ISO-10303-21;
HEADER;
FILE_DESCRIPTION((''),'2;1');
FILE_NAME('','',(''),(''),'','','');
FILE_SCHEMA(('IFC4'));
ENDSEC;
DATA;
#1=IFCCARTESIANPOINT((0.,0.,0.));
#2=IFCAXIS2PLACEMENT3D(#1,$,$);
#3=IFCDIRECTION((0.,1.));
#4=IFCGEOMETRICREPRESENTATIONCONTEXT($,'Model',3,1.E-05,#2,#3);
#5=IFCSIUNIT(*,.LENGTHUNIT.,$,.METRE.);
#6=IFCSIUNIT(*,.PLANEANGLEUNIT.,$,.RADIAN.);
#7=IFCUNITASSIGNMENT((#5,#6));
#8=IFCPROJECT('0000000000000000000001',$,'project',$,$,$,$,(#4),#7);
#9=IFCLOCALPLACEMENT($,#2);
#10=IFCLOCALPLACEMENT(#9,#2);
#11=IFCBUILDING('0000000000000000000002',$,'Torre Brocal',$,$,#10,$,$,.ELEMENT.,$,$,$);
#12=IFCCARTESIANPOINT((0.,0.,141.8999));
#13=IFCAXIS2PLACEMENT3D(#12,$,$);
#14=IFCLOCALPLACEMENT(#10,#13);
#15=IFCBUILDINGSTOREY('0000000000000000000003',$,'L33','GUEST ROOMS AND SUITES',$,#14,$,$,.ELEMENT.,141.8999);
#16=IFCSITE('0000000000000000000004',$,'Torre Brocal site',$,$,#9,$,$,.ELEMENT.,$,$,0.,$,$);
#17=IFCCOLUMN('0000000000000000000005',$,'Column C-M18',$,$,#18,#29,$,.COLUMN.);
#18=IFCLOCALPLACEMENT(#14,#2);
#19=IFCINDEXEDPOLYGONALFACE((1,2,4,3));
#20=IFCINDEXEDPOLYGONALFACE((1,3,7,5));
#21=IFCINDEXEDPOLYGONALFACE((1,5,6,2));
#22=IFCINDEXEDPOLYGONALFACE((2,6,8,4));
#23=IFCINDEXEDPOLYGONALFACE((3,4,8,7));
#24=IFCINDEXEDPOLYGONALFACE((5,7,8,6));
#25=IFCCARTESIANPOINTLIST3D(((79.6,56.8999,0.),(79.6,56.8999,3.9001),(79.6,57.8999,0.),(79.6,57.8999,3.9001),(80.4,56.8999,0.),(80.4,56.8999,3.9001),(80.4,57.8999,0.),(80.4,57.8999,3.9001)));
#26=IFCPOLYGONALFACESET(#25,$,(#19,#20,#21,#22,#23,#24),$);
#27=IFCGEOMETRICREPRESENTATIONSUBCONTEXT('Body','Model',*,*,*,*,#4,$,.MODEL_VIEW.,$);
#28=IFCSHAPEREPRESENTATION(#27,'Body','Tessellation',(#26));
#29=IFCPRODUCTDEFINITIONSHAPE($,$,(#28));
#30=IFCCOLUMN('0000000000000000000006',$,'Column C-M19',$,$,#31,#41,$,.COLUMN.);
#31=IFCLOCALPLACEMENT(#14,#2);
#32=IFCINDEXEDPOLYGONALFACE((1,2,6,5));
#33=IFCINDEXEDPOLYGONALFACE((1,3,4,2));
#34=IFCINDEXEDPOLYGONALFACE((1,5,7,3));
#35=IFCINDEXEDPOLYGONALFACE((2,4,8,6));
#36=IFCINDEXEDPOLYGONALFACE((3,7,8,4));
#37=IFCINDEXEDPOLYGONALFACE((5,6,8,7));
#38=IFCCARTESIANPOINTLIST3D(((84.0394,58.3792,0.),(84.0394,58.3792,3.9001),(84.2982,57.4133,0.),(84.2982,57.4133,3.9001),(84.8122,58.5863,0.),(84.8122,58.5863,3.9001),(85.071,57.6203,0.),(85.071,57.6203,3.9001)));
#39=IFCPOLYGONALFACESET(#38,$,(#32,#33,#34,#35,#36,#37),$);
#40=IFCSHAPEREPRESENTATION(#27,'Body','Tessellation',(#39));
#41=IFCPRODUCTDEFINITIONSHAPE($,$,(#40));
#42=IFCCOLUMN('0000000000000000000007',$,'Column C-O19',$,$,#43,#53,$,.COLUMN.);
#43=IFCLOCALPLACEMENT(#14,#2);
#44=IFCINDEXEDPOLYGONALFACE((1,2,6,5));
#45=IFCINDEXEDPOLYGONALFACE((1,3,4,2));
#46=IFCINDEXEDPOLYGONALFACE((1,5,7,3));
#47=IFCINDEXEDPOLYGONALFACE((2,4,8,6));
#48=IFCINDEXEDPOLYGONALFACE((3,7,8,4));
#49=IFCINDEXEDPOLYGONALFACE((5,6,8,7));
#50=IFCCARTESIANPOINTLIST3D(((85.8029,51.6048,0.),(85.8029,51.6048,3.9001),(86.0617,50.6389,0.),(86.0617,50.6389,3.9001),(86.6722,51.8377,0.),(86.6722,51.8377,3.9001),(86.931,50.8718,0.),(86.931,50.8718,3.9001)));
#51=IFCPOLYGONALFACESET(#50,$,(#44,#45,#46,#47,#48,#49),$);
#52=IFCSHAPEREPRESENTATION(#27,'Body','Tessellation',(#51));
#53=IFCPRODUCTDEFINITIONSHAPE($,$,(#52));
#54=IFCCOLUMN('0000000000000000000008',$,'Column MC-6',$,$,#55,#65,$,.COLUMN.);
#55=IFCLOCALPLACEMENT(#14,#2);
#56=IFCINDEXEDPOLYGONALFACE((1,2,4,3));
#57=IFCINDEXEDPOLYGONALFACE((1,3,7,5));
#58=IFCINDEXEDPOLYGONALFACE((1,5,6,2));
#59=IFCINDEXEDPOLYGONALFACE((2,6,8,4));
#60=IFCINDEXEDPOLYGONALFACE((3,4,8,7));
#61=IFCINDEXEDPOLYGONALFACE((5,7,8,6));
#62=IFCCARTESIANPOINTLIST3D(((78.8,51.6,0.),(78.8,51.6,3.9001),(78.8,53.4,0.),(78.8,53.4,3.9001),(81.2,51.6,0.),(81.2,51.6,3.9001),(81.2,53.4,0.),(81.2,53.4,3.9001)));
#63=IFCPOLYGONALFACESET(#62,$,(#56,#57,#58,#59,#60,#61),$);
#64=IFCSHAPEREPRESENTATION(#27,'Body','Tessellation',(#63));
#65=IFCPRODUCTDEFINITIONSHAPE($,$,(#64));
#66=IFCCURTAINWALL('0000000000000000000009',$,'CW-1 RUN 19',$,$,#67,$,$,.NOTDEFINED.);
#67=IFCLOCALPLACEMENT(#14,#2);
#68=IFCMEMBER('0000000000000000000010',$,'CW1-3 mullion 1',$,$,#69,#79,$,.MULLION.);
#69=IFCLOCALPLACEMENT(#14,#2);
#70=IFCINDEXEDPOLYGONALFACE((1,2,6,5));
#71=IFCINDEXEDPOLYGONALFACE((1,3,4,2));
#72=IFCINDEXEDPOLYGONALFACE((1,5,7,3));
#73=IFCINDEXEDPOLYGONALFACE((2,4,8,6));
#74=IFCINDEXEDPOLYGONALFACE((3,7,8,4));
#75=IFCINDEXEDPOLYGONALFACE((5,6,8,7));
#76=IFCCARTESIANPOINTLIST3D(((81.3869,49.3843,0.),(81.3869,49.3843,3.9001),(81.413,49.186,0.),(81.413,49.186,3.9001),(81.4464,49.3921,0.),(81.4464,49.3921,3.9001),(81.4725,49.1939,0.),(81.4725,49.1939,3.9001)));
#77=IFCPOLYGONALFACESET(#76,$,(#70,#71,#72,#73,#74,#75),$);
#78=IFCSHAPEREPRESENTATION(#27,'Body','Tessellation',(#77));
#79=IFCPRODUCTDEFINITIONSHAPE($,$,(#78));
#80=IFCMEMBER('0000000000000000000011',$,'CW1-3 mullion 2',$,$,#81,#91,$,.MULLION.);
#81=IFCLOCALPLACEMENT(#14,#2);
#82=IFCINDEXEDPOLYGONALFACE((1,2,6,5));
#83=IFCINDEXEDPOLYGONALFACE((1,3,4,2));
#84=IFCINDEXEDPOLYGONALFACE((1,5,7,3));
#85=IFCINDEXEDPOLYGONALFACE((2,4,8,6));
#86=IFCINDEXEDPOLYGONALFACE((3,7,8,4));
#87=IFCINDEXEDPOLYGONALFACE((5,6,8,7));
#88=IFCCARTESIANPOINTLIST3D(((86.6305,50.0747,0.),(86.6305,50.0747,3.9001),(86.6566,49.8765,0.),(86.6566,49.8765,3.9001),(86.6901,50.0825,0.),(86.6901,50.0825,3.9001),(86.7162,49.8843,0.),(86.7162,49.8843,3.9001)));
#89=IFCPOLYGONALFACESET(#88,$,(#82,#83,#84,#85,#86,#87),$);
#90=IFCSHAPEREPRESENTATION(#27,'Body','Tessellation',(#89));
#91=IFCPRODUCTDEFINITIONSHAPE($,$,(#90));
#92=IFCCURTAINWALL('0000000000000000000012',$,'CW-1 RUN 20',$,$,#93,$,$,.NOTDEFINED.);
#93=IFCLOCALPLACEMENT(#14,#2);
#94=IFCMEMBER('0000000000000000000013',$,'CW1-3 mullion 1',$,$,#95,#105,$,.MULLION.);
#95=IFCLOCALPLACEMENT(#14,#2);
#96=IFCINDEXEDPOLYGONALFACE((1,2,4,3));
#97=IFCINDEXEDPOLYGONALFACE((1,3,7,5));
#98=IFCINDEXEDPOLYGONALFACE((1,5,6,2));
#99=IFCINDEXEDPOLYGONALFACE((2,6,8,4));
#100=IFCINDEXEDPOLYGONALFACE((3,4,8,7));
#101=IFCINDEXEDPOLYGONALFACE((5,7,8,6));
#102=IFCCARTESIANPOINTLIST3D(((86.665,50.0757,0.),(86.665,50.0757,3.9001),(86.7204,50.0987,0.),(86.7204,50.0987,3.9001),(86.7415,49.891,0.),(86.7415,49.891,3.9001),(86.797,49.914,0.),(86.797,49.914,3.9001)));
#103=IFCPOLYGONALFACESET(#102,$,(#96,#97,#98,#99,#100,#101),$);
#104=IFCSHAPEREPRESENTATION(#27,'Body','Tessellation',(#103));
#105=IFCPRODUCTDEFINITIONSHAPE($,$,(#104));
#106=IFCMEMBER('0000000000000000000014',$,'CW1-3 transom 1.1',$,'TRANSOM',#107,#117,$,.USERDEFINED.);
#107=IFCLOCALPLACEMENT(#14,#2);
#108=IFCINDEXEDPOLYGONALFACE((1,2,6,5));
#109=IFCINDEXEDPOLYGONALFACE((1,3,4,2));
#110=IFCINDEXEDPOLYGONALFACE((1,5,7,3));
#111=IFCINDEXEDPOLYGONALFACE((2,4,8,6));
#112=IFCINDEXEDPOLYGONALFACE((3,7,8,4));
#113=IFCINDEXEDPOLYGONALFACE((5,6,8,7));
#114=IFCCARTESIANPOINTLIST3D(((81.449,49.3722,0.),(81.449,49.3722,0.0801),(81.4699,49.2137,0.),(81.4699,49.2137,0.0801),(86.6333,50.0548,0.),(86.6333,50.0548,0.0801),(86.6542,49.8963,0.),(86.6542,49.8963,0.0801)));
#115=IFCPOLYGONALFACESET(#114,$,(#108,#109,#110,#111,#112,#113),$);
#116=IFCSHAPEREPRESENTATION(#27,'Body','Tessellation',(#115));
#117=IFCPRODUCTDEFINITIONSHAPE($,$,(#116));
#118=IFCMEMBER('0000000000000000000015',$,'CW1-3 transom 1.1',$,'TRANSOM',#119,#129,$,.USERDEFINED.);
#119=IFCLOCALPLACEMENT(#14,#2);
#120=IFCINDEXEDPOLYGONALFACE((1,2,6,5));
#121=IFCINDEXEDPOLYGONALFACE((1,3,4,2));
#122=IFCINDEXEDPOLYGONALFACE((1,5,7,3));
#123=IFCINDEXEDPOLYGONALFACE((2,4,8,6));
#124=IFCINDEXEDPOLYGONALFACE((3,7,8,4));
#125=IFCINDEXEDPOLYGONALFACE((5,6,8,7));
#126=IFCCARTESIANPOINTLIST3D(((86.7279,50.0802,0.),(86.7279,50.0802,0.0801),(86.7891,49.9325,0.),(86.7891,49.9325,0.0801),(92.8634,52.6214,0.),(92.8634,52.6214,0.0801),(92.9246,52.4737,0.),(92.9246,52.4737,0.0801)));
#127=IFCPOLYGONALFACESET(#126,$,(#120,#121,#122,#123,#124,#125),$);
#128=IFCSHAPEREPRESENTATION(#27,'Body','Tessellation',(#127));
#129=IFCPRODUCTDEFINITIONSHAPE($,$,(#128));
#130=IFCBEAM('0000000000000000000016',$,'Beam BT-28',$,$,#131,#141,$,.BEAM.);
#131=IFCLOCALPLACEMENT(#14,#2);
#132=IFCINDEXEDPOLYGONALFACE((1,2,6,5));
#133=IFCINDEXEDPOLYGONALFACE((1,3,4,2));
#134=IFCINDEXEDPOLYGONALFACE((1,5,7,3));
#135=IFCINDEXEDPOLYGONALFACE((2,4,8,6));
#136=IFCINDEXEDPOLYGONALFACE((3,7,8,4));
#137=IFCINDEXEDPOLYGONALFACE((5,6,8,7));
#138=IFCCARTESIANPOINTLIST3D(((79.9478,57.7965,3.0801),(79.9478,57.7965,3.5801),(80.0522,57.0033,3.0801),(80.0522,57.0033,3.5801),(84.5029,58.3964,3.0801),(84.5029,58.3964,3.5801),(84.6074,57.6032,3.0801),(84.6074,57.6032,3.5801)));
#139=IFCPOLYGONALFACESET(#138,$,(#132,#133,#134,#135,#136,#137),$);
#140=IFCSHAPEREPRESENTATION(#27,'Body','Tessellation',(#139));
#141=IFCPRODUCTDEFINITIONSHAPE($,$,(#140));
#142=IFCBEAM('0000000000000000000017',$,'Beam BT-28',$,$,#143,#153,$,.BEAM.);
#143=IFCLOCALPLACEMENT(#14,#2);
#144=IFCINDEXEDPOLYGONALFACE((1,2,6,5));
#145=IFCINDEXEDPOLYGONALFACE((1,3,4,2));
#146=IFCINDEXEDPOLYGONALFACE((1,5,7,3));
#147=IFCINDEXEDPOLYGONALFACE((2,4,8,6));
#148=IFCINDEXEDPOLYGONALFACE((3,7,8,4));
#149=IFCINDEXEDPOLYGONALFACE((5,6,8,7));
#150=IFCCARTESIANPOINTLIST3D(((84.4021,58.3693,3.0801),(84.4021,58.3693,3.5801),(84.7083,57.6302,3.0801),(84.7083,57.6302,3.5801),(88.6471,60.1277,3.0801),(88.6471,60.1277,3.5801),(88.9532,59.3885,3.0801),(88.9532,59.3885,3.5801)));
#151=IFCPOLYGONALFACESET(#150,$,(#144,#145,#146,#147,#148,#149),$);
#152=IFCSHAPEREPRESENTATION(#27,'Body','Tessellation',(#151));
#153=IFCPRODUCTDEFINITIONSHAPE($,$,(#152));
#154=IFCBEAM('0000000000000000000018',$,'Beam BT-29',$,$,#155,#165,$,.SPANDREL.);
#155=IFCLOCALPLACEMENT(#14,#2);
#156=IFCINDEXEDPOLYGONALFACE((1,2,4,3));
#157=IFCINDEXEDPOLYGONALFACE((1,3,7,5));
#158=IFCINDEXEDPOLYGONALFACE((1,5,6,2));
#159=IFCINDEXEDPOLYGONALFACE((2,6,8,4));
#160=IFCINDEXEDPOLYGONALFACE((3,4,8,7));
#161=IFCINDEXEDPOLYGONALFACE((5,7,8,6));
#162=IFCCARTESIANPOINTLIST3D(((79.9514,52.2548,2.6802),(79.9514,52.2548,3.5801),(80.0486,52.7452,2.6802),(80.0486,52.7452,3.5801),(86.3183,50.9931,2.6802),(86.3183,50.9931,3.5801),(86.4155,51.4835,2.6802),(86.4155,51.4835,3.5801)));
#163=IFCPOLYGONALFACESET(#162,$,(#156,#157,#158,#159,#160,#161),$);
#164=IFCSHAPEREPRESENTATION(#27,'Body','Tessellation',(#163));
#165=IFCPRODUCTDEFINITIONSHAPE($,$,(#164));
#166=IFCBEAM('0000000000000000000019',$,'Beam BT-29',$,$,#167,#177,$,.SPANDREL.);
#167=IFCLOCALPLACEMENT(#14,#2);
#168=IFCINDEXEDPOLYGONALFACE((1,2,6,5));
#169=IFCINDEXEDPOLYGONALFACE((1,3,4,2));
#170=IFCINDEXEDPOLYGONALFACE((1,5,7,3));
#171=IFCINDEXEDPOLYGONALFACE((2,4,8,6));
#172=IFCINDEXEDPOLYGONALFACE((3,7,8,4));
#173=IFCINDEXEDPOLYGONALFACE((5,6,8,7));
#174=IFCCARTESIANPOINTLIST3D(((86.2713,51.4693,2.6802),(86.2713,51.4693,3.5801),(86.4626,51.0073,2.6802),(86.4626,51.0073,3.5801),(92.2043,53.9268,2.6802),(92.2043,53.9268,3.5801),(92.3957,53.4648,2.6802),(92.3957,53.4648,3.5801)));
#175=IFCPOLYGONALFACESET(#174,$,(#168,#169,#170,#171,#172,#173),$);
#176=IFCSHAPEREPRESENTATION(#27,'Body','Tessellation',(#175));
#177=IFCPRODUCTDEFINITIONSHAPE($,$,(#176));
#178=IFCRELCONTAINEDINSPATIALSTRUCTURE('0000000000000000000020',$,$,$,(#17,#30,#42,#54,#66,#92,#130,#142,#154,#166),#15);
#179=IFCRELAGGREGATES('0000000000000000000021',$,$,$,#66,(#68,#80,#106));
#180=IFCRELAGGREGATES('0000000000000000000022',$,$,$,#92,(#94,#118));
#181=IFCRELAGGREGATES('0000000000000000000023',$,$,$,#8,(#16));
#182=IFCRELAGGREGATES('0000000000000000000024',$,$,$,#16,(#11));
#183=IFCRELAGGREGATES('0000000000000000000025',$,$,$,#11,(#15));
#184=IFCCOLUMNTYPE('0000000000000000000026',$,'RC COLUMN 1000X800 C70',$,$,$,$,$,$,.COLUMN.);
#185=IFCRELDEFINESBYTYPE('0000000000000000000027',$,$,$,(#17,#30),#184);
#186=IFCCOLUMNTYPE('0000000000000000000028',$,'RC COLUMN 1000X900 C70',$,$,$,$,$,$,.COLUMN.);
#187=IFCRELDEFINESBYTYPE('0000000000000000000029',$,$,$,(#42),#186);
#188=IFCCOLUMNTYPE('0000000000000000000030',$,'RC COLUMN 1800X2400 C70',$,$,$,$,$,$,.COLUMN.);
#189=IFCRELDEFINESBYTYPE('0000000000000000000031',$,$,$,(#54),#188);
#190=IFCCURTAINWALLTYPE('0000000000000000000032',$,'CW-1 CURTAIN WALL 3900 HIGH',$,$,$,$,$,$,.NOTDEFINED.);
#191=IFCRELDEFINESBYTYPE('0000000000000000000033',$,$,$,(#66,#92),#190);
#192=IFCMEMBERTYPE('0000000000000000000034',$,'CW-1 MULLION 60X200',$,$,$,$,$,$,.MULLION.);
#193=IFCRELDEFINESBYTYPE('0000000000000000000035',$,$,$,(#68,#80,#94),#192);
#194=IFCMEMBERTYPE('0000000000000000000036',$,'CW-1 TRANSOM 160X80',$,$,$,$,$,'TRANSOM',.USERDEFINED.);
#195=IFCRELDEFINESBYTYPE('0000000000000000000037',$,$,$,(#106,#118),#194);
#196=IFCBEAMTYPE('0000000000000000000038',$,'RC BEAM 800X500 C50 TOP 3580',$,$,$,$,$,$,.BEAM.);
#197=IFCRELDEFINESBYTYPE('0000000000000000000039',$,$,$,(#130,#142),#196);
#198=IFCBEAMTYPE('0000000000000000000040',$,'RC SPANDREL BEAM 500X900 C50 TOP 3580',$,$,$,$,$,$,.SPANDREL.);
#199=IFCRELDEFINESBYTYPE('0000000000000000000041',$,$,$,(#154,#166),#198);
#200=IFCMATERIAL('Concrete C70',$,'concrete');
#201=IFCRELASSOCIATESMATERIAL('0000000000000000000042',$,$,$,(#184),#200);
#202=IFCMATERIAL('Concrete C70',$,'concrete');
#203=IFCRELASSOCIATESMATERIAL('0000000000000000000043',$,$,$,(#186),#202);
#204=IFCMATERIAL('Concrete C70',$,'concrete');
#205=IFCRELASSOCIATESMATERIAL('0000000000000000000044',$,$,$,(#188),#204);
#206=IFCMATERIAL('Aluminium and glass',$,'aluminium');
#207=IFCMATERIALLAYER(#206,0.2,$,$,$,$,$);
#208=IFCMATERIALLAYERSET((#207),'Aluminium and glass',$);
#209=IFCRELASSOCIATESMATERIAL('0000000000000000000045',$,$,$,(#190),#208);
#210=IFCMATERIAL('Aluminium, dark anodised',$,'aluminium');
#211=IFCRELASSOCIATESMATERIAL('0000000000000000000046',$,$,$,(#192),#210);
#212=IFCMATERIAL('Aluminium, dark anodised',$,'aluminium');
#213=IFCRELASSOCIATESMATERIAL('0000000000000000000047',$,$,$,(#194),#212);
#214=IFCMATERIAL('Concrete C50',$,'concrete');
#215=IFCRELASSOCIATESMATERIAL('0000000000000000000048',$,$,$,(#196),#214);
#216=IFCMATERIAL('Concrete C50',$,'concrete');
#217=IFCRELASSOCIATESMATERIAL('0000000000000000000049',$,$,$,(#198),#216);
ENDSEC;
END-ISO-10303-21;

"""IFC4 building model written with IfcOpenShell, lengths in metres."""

from ifc_helpers import new_model, si_unit, direction, frame, origin, origin_2d, place, context, subcontext, project, spatial, rectangle, extrude, material, layer, layer_set, material_profile, profile_set, type_object, element, aggregate, save


model = new_model("IFC4")

# Units and contexts
model_context = context("Model", 3, precision=1e-05, world=origin(), true_north=direction((0.0, 1.0)))
body_context = subcontext(model_context, "Body", "Model", "MODEL_VIEW")
ifc_project = project(units=[si_unit("LENGTHUNIT", "METRE"), si_unit("PLANEANGLEUNIT", "RADIAN")], contexts=[model_context])

# Site, building, storey
site_placement = place(None, origin())
site = spatial("IfcSite", under=ifc_project, at=site_placement, Name="Torre Brocal site", CompositionType="ELEMENT", RefElevation=0.0)
building_placement = place(site_placement, origin())
building = spatial("IfcBuilding", under=site, at=building_placement, Name="Torre Brocal", CompositionType="ELEMENT")
storey_placement = place(building_placement, frame((0.0, 0.0, 141.8999)))
storey = spatial("IfcBuildingStorey", under=building, at=storey_placement, Name="L33", Description="GUEST ROOMS AND SUITES", CompositionType="ELEMENT", Elevation=141.8999)

# Columns
ifc_material_1 = material(Name="Concrete C70", Category="concrete")
ifc_material_profile_1 = material_profile(ifc_material_1, rectangle(XDim=1.0, YDim=0.8, at=origin_2d()), Name="RC 1000X800")
ifc_profile_set_1 = profile_set([ifc_material_profile_1], Name="Concrete C70")
column_type_1 = type_object("IfcColumnType", Name="RC COLUMN 1000X800 C70", PredefinedType="COLUMN", material=ifc_profile_set_1)
for number, where, z_axis, x_axis, name in (
    (1, (80.0, 57.3999, 0.0), (0.0, 0.0, 1.0), (0.0, -1.0, 0.0), "Column C-M18"),
    (2, (84.5552, 57.9998, 0.0), (0.0, 0.0, 1.0), (0.258819, -0.965926, 0.0), "Column C-M19"),
):
    element("IfcColumn", number, at=place(storey_placement, frame(where, z_axis=z_axis, x_axis=x_axis)), inside=storey, type_object=column_type_1, Name=name, PredefinedType="COLUMN", context=body_context, shape_type="SweptSolid", body=[
        extrude(rectangle(XDim=1.0, YDim=0.8, at=origin_2d()), origin(), (0.0, 0.0, 1.0), 3.9001),
    ])
ifc_material_2 = material(Name="Concrete C70", Category="concrete")
ifc_material_profile_2 = material_profile(ifc_material_2, rectangle(XDim=1.0, YDim=0.8999, at=origin_2d()), Name="RC 1000X900")
ifc_profile_set_2 = profile_set([ifc_material_profile_2], Name="Concrete C70")
column_type_2 = type_object("IfcColumnType", Name="RC COLUMN 1000X900 C70", PredefinedType="COLUMN", material=ifc_profile_set_2)
column_1_placement = place(storey_placement, frame((86.3669, 51.2383, 0.0), z_axis=(0.0, 0.0, 1.0), x_axis=(0.258819, -0.965926, 0.0)))
element("IfcColumn", 3, at=column_1_placement, inside=storey, type_object=column_type_2, Name="Column C-O19", PredefinedType="COLUMN", context=body_context, shape_type="SweptSolid", body=[
    extrude(rectangle(XDim=1.0, YDim=0.8999, at=origin_2d()), origin(), (0.0, 0.0, 1.0), 3.9001),
])
ifc_material_3 = material(Name="Concrete C70", Category="concrete")
ifc_material_profile_3 = material_profile(ifc_material_3, rectangle(XDim=1.8, YDim=2.3999, at=origin_2d()), Name="RC 1800X2400")
ifc_profile_set_3 = profile_set([ifc_material_profile_3], Name="Concrete C70")
column_type_3 = type_object("IfcColumnType", Name="RC COLUMN 1800X2400 C70", PredefinedType="COLUMN", material=ifc_profile_set_3)
column_2_placement = place(storey_placement, frame((80.0, 52.5, 0.0), z_axis=(0.0, 0.0, 1.0), x_axis=(0.0, -1.0, 0.0)))
element("IfcColumn", 4, at=column_2_placement, inside=storey, type_object=column_type_3, Name="Column MC-6", PredefinedType="COLUMN", context=body_context, shape_type="SweptSolid", body=[
    extrude(rectangle(XDim=1.8, YDim=2.3999, at=origin_2d()), origin(), (0.0, 0.0, 1.0), 3.9001),
])

# Curtain wall, members
ifc_material_4 = material(Name="Aluminium and glass", Category="aluminium")
ifc_layer_1 = layer(ifc_material_4, 0.2)
ifc_layer_set_1 = layer_set([ifc_layer_1], Name="Aluminium and glass")
curtain_wall_type = type_object("IfcCurtainWallType", Name="CW-1 CURTAIN WALL 3900 HIGH", PredefinedType="NOTDEFINED", material=ifc_layer_set_1)
curtain_wall_1_placement = place(storey_placement, origin())
curtain_wall_1 = element("IfcCurtainWall", 5, at=curtain_wall_1_placement, inside=storey, type_object=curtain_wall_type, Name="CW-1 RUN 19", PredefinedType="NOTDEFINED")
ifc_material_5 = material(Name="Aluminium, dark anodised", Category="aluminium")
ifc_material_profile_4 = material_profile(ifc_material_5, rectangle(XDim=0.2, YDim=0.0601, at=origin_2d()), Name="CW-1 MULLION 60X200")
ifc_profile_set_4 = profile_set([ifc_material_profile_4], Name="Aluminium, dark anodised")
member_type_1 = type_object("IfcMemberType", Name="CW-1 MULLION 60X200", PredefinedType="MULLION", material=ifc_profile_set_4)
member_1_placement = place(storey_placement, frame((81.4297, 49.2891, 0.0), z_axis=(0.0, 0.0, 1.0), x_axis=(-0.130526, 0.991445, 0.0)))
member_1 = element("IfcMember", 6, at=member_1_placement, type_object=member_type_1, Name="CW1-3 mullion 1", PredefinedType="MULLION", context=body_context, shape_type="SweptSolid", body=[
    extrude(rectangle(XDim=0.2, YDim=0.0601, at=origin_2d()), origin(), (0.0, 0.0, 1.0), 3.9001),
])
member_2_placement = place(storey_placement, frame((86.6733, 49.9795, 0.0), z_axis=(0.0, 0.0, 1.0), x_axis=(-0.130526, 0.991445, 0.0)))
member_2 = element("IfcMember", 7, at=member_2_placement, type_object=member_type_1, Name="CW1-3 mullion 2", PredefinedType="MULLION", context=body_context, shape_type="SweptSolid", body=[
    extrude(rectangle(XDim=0.2, YDim=0.0601, at=origin_2d()), origin(), (0.0, 0.0, 1.0), 3.9001),
])

# Curtain wall, member
curtain_wall_2_placement = place(storey_placement, origin())
curtain_wall_2 = element("IfcCurtainWall", 8, at=curtain_wall_2_placement, inside=storey, type_object=curtain_wall_type, Name="CW-1 RUN 20", PredefinedType="NOTDEFINED")
member_3_placement = place(storey_placement, frame((86.731, 49.9949, 0.0), z_axis=(0.0, 0.0, 1.0), x_axis=(-0.382683, 0.92388, 0.0)))
member_3 = element("IfcMember", 9, at=member_3_placement, type_object=member_type_1, Name="CW1-3 mullion 1", PredefinedType="MULLION", context=body_context, shape_type="SweptSolid", body=[
    extrude(rectangle(XDim=0.2, YDim=0.0601, at=origin_2d()), origin(), (0.0, 0.0, 1.0), 3.9001),
])

# Members
ifc_material_6 = material(Name="Aluminium, dark anodised", Category="aluminium")
ifc_material_profile_5 = material_profile(ifc_material_6, rectangle(XDim=0.1599, YDim=0.0801, at=origin_2d()), Name="CW-1 TRANSOM 160X80")
ifc_profile_set_5 = profile_set([ifc_material_profile_5], Name="Aluminium, dark anodised")
member_type_2 = type_object("IfcMemberType", Name="CW-1 TRANSOM 160X80", ElementType="TRANSOM", PredefinedType="USERDEFINED", material=ifc_profile_set_5)
member_4_placement = place(storey_placement, frame((81.4595, 49.293, 0.04), z_axis=(0.991443, 0.130543, 0.0), x_axis=(-0.130543, 0.991443, 0.0)))
member_4 = element("IfcMember", 10, at=member_4_placement, type_object=member_type_2, Name="CW1-3 transom 1.1", ObjectType="TRANSOM", PredefinedType="USERDEFINED", context=body_context, shape_type="SweptSolid", body=[
    extrude(rectangle(XDim=0.1599, YDim=0.0801, at=origin_2d()), origin(), (0.0, 0.0, 1.0), 5.229),
])
member_5_placement = place(storey_placement, frame((86.7585, 50.0063, 0.04), z_axis=(0.923887, 0.382665, 0.0), x_axis=(-0.382665, 0.923887, 0.0)))
member_5 = element("IfcMember", 11, at=member_5_placement, type_object=member_type_2, Name="CW1-3 transom 1.1", ObjectType="TRANSOM", PredefinedType="USERDEFINED", context=body_context, shape_type="SweptSolid", body=[
    extrude(rectangle(XDim=0.1599, YDim=0.0801, at=origin_2d()), origin(), (0.0, 0.0, 1.0), 6.6409),
])

# Beams
ifc_material_7 = material(Name="Concrete C50", Category="concrete")
ifc_material_profile_6 = material_profile(ifc_material_7, rectangle(XDim=0.8, YDim=0.5, at=origin_2d()), Name="RC 800X500")
ifc_profile_set_6 = profile_set([ifc_material_profile_6], Name="Concrete C50")
beam_type_1 = type_object("IfcBeamType", Name="RC BEAM 800X500 C50 TOP 3580", PredefinedType="BEAM", material=ifc_profile_set_6)
beam_1_placement = place(storey_placement, frame((80.0, 57.3999, 3.3301), z_axis=(0.991441, 0.130559, 0.0), x_axis=(-0.130559, 0.991441, 0.0)))
element("IfcBeam", 12, at=beam_1_placement, inside=storey, type_object=beam_type_1, Name="Beam BT-28", PredefinedType="BEAM", context=body_context, shape_type="SweptSolid", body=[
    extrude(rectangle(XDim=0.8, YDim=0.5, at=origin_2d()), origin(), (0.0, 0.0, 1.0), 4.5945),
])
beam_2_placement = place(storey_placement, frame((84.5552, 57.9998, 3.3301), z_axis=(0.923878, 0.382687, 0.0), x_axis=(-0.382687, 0.923878, 0.0)))
element("IfcBeam", 13, at=beam_2_placement, inside=storey, type_object=beam_type_1, Name="Beam BT-28", PredefinedType="BEAM", context=body_context, shape_type="SweptSolid", body=[
    extrude(rectangle(XDim=0.8, YDim=0.5, at=origin_2d()), origin(), (0.0, 0.0, 1.0), 4.5947),
])
ifc_material_8 = material(Name="Concrete C50", Category="concrete")
ifc_material_profile_7 = material_profile(ifc_material_8, rectangle(XDim=0.5, YDim=0.8999, at=origin_2d()), Name="RC 500X900")
ifc_profile_set_7 = profile_set([ifc_material_profile_7], Name="Concrete C50")
beam_type_2 = type_object("IfcBeamType", Name="RC SPANDREL BEAM 500X900 C50 TOP 3580", PredefinedType="SPANDREL", material=ifc_profile_set_7)
beam_3_placement = place(storey_placement, frame((80.0, 52.5, 3.1301), z_axis=(0.980925, -0.194387, 0.0), x_axis=(0.194387, 0.980925, 0.0)))
element("IfcBeam", 14, at=beam_3_placement, inside=storey, type_object=beam_type_2, Name="Beam BT-29", PredefinedType="SPANDREL", context=body_context, shape_type="SweptSolid", body=[
    extrude(rectangle(XDim=0.5, YDim=0.8999, at=origin_2d()), origin(), (0.0, 0.0, 1.0), 6.4907),
])
beam_4_placement = place(storey_placement, frame((86.3669, 51.2383, 3.1301), z_axis=(0.923882, 0.382676, 0.0), x_axis=(-0.382676, 0.923882, 0.0)))
element("IfcBeam", 15, at=beam_4_placement, inside=storey, type_object=beam_type_2, Name="Beam BT-29", PredefinedType="SPANDREL", context=body_context, shape_type="SweptSolid", body=[
    extrude(rectangle(XDim=0.5, YDim=0.8999, at=origin_2d()), origin(), (0.0, 0.0, 1.0), 6.4219),
])

aggregate(curtain_wall_1, [member_1, member_2, member_4])
aggregate(curtain_wall_2, [member_3, member_5])

save(model, "model.ifc")
